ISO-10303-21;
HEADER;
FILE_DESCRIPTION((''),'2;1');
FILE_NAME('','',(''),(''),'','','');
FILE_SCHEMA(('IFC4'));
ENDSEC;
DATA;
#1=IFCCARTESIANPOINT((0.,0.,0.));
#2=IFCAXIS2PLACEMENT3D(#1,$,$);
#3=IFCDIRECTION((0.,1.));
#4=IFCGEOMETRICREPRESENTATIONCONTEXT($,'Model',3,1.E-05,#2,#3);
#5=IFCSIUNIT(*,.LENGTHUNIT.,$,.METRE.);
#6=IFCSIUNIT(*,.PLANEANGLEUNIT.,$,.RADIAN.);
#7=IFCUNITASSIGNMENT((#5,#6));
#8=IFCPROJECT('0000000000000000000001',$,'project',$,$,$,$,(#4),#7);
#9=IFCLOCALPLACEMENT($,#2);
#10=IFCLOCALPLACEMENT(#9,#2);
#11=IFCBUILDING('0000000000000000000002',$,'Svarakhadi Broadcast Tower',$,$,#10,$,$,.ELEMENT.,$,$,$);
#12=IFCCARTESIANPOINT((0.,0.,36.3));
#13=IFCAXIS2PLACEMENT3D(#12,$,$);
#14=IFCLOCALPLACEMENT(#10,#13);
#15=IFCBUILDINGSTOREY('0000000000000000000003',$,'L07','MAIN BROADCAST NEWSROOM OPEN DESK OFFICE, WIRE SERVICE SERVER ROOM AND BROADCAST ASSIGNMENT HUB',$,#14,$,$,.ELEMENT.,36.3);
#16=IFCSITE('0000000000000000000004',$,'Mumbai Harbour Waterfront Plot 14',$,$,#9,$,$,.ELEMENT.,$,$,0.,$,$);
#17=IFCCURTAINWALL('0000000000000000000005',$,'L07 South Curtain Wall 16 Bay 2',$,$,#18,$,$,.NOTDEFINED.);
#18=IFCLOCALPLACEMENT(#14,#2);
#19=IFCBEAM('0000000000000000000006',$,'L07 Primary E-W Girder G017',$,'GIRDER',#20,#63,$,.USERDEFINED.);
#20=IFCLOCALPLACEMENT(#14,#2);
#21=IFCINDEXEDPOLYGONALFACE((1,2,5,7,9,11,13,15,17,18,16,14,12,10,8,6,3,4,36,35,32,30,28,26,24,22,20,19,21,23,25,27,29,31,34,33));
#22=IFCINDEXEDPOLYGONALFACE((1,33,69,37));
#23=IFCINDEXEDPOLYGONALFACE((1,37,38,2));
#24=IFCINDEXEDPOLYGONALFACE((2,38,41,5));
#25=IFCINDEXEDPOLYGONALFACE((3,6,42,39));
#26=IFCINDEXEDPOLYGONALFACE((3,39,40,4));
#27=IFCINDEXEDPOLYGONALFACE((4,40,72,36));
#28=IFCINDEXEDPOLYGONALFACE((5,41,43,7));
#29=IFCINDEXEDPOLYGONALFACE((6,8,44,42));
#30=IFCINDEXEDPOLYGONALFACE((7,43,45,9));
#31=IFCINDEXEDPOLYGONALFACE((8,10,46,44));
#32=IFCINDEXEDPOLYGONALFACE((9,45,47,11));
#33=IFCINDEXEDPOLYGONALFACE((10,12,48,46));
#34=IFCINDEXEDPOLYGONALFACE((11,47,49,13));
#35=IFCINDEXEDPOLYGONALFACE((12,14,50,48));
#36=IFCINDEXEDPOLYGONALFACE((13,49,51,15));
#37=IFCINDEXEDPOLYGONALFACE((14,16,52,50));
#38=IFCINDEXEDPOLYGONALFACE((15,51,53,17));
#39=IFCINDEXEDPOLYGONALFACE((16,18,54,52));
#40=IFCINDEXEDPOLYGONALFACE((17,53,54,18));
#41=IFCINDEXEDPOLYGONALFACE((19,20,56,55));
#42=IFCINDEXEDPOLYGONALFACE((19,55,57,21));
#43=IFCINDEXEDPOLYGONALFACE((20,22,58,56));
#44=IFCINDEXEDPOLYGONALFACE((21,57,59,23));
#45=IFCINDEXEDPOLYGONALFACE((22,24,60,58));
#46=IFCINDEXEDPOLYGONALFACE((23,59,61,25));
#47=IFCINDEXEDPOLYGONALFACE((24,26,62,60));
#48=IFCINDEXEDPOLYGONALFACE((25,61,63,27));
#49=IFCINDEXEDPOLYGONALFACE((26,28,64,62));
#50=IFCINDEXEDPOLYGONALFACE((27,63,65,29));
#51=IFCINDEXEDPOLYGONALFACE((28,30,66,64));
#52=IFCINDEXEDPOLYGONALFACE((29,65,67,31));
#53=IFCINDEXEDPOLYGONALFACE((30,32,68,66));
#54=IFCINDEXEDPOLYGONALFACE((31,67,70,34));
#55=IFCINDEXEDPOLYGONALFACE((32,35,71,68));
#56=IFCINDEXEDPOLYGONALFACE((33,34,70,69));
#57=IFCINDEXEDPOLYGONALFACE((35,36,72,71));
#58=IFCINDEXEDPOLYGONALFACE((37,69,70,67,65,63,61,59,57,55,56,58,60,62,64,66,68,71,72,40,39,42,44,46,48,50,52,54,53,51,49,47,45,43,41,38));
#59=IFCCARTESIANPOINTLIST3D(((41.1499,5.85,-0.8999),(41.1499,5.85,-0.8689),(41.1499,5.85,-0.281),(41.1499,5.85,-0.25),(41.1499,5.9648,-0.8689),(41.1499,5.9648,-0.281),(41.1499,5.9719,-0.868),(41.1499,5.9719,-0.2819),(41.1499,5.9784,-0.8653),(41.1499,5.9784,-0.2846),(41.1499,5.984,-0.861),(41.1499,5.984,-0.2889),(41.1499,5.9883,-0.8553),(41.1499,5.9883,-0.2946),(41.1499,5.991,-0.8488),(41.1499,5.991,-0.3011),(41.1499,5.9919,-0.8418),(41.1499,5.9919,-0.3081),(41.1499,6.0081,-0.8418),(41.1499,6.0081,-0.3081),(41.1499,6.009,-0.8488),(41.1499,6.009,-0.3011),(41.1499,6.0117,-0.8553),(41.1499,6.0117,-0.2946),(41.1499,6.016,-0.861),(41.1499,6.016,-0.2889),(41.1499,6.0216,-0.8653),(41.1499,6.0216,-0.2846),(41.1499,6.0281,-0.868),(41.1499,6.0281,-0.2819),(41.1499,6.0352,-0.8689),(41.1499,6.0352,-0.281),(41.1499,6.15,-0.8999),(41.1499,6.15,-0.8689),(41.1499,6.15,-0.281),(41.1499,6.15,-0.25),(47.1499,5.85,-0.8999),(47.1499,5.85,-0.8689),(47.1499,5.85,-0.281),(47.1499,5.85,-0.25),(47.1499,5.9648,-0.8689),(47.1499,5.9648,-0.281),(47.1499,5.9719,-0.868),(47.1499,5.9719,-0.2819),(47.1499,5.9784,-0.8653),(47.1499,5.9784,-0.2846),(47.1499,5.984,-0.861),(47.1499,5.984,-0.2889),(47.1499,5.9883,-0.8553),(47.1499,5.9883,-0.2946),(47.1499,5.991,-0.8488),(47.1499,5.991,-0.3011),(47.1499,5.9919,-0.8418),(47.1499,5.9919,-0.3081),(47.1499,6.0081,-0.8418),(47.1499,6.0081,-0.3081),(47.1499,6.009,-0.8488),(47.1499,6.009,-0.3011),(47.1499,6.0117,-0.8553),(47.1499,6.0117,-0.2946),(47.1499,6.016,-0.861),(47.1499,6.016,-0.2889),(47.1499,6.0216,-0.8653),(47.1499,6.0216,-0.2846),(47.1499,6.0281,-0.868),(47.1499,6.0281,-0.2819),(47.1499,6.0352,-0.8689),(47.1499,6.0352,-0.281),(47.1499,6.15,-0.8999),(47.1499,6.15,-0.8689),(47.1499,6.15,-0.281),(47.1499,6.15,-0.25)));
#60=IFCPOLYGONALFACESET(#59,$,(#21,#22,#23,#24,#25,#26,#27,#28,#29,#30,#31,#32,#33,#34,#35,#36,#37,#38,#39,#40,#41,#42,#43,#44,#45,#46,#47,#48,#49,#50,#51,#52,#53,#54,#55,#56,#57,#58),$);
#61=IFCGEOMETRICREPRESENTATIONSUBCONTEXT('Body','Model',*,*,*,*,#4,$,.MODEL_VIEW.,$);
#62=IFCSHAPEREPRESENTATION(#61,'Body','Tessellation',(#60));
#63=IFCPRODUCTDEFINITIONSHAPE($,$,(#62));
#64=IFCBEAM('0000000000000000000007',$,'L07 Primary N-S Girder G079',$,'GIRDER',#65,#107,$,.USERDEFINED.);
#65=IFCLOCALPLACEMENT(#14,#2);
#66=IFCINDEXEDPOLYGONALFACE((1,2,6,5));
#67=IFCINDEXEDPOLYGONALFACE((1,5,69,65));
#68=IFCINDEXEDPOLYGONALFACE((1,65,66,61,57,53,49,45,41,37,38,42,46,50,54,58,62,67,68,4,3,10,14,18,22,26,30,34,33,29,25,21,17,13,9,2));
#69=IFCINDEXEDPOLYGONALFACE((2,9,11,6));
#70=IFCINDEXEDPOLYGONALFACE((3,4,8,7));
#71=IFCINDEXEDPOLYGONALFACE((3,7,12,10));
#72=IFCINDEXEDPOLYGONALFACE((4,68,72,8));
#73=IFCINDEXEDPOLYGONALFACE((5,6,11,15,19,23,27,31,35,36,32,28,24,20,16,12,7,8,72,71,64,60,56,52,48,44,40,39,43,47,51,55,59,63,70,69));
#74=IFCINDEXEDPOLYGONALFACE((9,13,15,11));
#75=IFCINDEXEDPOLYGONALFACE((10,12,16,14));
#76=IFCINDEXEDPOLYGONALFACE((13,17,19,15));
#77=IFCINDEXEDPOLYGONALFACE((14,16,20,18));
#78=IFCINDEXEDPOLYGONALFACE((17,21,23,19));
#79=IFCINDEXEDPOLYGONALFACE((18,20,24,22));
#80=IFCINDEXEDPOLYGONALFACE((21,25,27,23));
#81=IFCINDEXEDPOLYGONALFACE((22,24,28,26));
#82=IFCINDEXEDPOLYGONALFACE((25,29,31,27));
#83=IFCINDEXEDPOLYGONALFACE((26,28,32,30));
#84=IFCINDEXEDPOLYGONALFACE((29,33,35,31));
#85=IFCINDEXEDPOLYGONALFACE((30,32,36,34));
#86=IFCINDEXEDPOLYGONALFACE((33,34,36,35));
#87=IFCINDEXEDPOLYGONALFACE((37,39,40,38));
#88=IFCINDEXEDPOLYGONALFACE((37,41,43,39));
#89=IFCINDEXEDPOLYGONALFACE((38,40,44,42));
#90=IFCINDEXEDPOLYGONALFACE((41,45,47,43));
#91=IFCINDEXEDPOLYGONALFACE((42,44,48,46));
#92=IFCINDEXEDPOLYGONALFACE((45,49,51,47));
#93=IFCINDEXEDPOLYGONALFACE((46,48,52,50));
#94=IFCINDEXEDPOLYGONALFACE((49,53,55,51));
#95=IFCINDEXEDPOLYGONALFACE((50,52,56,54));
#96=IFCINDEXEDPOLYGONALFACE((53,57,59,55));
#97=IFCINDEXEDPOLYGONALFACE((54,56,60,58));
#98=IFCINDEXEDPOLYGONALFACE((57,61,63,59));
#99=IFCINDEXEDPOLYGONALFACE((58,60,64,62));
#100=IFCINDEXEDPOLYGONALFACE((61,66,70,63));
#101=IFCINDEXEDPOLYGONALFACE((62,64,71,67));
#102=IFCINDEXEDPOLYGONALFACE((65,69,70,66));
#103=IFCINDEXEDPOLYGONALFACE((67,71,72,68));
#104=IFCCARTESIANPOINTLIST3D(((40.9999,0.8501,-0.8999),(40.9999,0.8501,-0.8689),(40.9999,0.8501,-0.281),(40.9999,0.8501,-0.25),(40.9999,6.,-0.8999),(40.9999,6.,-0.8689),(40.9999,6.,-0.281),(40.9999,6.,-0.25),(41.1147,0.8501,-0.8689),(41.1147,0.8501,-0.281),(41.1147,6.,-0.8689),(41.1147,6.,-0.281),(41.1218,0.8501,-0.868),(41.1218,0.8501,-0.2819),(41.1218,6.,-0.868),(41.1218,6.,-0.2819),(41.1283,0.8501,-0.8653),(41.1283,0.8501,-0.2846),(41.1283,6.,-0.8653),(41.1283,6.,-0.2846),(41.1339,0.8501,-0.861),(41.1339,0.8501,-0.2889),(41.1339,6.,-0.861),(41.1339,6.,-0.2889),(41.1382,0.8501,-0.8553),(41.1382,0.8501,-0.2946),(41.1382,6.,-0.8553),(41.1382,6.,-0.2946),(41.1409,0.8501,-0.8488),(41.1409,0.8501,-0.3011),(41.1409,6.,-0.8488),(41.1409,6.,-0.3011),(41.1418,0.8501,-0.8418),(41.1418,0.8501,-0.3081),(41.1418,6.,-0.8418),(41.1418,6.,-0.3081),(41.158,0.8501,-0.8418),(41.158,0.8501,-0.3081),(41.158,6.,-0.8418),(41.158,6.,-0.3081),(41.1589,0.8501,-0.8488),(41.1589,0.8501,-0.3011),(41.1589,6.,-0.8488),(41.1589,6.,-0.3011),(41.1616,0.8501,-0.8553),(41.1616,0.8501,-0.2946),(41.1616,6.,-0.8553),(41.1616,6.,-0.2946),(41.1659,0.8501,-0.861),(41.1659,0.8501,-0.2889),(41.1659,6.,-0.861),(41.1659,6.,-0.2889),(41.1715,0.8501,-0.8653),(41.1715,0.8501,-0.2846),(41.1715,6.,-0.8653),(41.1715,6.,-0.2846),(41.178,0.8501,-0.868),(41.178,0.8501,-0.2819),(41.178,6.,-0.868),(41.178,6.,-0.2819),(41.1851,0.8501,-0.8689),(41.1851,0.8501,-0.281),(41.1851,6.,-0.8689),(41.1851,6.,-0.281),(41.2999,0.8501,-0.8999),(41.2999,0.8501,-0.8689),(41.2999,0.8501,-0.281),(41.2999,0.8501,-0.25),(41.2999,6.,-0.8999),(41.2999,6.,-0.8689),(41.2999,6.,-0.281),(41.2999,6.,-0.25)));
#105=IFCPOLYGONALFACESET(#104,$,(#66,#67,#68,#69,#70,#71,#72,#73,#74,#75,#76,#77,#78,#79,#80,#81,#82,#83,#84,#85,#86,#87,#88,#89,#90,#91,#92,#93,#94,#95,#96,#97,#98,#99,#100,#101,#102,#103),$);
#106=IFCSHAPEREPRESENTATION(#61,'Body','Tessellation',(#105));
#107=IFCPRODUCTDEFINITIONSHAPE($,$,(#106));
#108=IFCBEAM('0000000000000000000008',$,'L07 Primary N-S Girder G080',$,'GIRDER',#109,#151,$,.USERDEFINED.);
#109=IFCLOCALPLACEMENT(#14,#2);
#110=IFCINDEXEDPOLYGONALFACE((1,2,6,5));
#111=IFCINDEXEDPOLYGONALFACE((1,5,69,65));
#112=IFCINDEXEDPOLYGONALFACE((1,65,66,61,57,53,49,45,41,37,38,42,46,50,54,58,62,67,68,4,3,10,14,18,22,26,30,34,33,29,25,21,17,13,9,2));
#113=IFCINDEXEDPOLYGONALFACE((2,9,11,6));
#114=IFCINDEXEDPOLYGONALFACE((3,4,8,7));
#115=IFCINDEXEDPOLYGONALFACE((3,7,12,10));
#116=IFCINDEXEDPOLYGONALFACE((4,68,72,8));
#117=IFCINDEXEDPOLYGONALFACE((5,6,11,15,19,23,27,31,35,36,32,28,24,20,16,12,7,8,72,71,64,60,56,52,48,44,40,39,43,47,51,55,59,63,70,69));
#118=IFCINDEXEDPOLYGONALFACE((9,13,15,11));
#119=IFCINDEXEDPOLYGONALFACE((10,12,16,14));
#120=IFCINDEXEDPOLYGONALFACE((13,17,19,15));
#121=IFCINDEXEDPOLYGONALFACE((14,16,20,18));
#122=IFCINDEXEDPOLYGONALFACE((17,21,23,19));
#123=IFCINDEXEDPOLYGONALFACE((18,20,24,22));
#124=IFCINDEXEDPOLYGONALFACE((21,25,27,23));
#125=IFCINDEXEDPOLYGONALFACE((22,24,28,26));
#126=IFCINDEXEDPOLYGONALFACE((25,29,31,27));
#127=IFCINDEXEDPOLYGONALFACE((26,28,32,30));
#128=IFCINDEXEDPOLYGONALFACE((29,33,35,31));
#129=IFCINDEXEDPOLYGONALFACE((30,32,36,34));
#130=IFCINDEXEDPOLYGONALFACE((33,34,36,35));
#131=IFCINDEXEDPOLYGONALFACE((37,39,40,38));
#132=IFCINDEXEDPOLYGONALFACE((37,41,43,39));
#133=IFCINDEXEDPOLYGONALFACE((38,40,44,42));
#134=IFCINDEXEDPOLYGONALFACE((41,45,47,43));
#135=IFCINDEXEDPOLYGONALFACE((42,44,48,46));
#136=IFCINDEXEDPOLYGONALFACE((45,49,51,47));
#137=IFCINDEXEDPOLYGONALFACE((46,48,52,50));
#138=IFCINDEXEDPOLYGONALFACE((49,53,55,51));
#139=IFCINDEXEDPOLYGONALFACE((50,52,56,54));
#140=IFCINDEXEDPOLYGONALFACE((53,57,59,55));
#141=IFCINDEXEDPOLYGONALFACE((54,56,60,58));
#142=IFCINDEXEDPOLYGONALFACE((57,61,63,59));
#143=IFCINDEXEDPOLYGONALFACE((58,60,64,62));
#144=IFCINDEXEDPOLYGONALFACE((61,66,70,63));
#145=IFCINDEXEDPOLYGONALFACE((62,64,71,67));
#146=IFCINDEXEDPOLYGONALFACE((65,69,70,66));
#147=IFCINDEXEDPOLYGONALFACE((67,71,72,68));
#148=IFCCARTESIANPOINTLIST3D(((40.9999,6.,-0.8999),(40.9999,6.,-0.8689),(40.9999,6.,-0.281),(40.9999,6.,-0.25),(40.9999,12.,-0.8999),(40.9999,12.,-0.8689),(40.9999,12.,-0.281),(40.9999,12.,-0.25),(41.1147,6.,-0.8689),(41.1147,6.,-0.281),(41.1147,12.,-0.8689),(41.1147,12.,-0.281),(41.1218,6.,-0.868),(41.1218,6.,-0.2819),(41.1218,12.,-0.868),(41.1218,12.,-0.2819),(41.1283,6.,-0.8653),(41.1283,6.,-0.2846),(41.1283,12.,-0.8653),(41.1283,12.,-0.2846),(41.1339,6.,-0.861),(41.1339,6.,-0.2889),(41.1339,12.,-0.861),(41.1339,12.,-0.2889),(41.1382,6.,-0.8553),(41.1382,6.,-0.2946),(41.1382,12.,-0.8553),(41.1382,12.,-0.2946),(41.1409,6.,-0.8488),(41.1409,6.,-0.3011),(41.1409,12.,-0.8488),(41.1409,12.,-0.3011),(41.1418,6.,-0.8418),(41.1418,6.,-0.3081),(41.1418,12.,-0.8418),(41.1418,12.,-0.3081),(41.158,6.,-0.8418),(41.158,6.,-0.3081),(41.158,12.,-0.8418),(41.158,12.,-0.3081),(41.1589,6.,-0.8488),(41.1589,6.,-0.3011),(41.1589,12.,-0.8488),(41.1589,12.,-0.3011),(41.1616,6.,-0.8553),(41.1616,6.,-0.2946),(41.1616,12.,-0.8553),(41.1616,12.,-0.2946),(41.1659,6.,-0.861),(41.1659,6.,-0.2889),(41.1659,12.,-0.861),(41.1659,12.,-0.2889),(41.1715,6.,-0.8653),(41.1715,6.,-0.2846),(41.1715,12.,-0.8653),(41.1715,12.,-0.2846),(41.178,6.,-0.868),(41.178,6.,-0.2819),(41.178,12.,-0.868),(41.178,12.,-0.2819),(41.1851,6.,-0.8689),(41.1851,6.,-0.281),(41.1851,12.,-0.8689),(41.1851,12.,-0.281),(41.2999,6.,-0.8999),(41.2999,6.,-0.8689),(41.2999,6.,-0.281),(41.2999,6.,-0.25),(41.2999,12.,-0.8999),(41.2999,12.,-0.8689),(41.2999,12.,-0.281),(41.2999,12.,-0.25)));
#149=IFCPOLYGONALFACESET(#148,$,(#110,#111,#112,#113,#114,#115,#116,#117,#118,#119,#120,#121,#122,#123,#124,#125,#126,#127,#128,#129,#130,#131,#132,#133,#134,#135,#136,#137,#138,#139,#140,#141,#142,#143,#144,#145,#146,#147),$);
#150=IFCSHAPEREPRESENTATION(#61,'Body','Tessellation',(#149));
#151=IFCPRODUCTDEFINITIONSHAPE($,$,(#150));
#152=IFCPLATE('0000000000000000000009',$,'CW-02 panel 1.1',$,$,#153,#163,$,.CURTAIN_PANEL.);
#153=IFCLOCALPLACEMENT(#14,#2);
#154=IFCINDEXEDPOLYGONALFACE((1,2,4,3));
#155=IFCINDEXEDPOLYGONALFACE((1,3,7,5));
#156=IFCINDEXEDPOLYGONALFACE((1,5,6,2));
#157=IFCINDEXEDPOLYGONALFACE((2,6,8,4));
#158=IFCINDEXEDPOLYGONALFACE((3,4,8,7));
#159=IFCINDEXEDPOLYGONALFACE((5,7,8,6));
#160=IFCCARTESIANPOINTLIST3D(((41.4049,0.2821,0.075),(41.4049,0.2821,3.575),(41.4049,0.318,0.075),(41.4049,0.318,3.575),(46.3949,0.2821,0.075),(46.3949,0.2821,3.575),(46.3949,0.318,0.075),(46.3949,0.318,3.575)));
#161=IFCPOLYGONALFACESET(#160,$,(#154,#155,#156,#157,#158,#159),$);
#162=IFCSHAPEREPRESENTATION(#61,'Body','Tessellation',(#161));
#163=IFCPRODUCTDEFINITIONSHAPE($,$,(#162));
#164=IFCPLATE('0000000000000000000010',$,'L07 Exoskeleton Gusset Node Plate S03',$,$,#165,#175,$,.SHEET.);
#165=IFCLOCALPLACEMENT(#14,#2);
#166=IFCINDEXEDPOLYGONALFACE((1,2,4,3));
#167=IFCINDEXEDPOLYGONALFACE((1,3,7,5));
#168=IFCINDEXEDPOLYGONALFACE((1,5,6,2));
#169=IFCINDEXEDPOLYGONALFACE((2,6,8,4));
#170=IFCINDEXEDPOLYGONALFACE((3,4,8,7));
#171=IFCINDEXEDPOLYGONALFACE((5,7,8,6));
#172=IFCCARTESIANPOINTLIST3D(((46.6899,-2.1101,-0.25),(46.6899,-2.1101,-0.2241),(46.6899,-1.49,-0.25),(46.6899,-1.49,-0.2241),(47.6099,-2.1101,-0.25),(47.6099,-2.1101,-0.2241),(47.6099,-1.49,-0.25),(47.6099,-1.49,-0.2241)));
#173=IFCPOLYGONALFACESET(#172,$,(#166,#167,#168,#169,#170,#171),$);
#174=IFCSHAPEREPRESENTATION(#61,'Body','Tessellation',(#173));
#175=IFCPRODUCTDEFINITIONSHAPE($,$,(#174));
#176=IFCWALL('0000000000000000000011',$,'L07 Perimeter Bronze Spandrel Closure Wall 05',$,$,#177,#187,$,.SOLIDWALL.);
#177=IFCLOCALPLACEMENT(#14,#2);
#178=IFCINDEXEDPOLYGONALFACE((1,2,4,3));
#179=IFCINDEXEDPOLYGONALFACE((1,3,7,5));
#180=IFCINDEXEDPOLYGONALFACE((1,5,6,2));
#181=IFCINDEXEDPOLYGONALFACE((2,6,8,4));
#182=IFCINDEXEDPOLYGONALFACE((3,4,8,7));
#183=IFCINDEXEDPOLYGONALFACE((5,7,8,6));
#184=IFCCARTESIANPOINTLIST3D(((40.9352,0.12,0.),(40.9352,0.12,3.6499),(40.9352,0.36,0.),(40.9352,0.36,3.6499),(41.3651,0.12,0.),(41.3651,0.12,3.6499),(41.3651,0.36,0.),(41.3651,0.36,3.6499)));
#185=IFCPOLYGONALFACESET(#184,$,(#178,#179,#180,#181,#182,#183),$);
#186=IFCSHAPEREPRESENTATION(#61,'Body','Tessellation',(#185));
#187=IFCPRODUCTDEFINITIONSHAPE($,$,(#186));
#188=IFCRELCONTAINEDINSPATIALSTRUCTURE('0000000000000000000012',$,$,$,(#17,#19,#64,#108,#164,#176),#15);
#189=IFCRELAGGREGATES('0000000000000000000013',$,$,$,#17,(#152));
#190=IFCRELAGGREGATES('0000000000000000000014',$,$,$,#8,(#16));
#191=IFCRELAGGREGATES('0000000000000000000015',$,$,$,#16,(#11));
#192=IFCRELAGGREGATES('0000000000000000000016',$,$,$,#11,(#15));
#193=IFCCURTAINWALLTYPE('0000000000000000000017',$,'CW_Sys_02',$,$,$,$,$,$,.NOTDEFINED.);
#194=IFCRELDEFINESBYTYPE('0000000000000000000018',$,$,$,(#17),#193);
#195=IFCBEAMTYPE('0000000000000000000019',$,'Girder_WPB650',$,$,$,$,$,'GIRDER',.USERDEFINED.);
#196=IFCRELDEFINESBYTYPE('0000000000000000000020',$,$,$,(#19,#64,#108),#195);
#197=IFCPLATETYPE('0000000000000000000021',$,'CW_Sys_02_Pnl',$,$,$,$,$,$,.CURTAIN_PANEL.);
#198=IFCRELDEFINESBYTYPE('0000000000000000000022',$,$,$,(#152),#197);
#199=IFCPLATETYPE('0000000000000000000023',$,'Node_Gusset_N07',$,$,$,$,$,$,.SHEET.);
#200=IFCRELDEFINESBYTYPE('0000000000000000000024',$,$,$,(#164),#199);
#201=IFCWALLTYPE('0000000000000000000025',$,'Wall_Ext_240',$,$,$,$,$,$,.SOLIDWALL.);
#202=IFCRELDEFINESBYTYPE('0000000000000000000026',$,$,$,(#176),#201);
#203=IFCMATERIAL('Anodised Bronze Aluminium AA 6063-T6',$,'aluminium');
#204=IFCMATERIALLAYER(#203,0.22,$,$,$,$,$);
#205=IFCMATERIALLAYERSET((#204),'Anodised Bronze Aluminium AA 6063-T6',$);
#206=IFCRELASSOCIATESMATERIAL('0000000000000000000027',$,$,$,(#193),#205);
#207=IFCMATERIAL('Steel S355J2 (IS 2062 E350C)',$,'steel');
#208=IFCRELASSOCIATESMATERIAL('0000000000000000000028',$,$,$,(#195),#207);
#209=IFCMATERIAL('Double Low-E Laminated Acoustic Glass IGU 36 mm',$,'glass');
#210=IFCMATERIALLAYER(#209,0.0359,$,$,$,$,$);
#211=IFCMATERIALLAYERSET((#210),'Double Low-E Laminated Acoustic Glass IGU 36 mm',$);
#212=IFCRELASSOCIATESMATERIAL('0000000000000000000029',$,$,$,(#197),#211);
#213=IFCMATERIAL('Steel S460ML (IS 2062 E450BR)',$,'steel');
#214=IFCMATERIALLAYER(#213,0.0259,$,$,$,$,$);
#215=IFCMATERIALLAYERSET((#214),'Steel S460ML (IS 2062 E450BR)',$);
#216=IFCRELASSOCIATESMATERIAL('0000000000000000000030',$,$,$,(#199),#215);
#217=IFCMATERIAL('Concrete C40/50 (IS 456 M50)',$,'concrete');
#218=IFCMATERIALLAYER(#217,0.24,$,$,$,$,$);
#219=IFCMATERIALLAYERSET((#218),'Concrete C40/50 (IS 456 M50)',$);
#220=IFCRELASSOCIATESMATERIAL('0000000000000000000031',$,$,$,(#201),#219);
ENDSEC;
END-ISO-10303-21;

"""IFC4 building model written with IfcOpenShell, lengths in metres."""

from ifc_helpers import new_model, si_unit, direction, frame, frame_2d, origin, origin_2d, place, context, subcontext, project, spatial, rectangle, i_section, extrude, material, layer, layer_set, material_profile, profile_set, type_object, element, aggregate, save


model = new_model("IFC4")

# Units and contexts
model_context = context("Model", 3, precision=1e-05, world=origin(), true_north=direction((0.0, 1.0)))
body_context = subcontext(model_context, "Body", "Model", "MODEL_VIEW")
ifc_project = project(units=[si_unit("LENGTHUNIT", "METRE"), si_unit("PLANEANGLEUNIT", "RADIAN")], contexts=[model_context])

# Site, building, storey
site_placement = place(None, origin())
site = spatial("IfcSite", under=ifc_project, at=site_placement, Name="Mumbai Harbour Waterfront Plot 14", CompositionType="ELEMENT", RefElevation=0.0)
building_placement = place(site_placement, origin())
building = spatial("IfcBuilding", under=site, at=building_placement, Name="Svarakhadi Broadcast Tower", CompositionType="ELEMENT")
storey_placement = place(building_placement, frame((0.0, 0.0, 36.3)))
storey = spatial("IfcBuildingStorey", under=building, at=storey_placement, Name="L07", Description="MAIN BROADCAST NEWSROOM OPEN DESK OFFICE, WIRE SERVICE SERVER ROOM AND BROADCAST ASSIGNMENT HUB", CompositionType="ELEMENT", Elevation=36.3)

# Shared definitions
ifc_material_1 = material(Name="Steel S460ML (IS 2062 E450BR)", Category="steel")

# Shared definitions
ifc_material_2 = material(Name="Steel S355J2 (IS 2062 E350C)", Category="steel")

# Curtain wall
ifc_material_3 = material(Name="Anodised Bronze Aluminium AA 6063-T6", Category="aluminium")
ifc_layer_1 = layer(ifc_material_3, 0.22)
ifc_layer_set_1 = layer_set([ifc_layer_1], Name="Anodised Bronze Aluminium AA 6063-T6")
curtain_wall_type = type_object("IfcCurtainWallType", Name="CW_Sys_02", PredefinedType="NOTDEFINED", material=ifc_layer_set_1)
curtain_wall_placement = place(storey_placement, origin())
curtain_wall = element("IfcCurtainWall", 1, at=curtain_wall_placement, inside=storey, type_object=curtain_wall_type, Name="L07 South Curtain Wall 16 Bay 2", PredefinedType="NOTDEFINED")

# Beams
ifc_material_profile_1 = material_profile(ifc_material_2, i_section(OverallWidth=0.3, OverallDepth=0.6499, WebThickness=0.0161, FlangeThickness=0.031, FilletRadius=0.0271, at=origin_2d()), Name="WPB 650x300x225")
ifc_profile_set_1 = profile_set([ifc_material_profile_1], Name="Steel S355J2 (IS 2062 E350C)")
beam_type_1 = type_object("IfcBeamType", Name="Girder_WPB650", ElementType="GIRDER", PredefinedType="USERDEFINED", material=ifc_profile_set_1)
for number, where, z_axis, x_axis, name in (
    (2, (41.1499, 6.0, -0.575), (1.0, 0.0, 0.0), (0.0, 1.0, 0.0), "L07 Primary E-W Girder G017"),
):
    element("IfcBeam", number, at=place(storey_placement, frame(where, z_axis=z_axis, x_axis=x_axis)), inside=storey, type_object=beam_type_1, Name=name, ObjectType="GIRDER", PredefinedType="USERDEFINED", context=body_context, shape_type="SweptSolid", body=[
        extrude(i_section(OverallWidth=0.3, OverallDepth=0.6499, WebThickness=0.0161, FlangeThickness=0.031, FilletRadius=0.0271, at=origin_2d()), origin(), (0.0, 0.0, 1.0), 6.0),
    ])
beam_1_placement = place(storey_placement, frame((41.1499, 0.8501, -0.575), z_axis=(0.0, 1.0, 0.0), x_axis=(-1.0, 0.0, 0.0)))
element("IfcBeam", 3, at=beam_1_placement, inside=storey, type_object=beam_type_1, Name="L07 Primary N-S Girder G079", ObjectType="GIRDER", PredefinedType="USERDEFINED", context=body_context, shape_type="SweptSolid", body=[
    extrude(i_section(OverallWidth=0.3, OverallDepth=0.6499, WebThickness=0.0161, FlangeThickness=0.031, FilletRadius=0.0271, at=origin_2d()), origin(), (0.0, 0.0, 1.0), 5.1499),
])
beam_2_placement = place(storey_placement, frame((41.1499, 6.0, -0.575), z_axis=(0.0, 1.0, 0.0), x_axis=(-1.0, 0.0, 0.0)))
element("IfcBeam", 4, at=beam_2_placement, inside=storey, type_object=beam_type_1, Name="L07 Primary N-S Girder G080", ObjectType="GIRDER", PredefinedType="USERDEFINED", context=body_context, shape_type="SweptSolid", body=[
    extrude(i_section(OverallWidth=0.3, OverallDepth=0.6499, WebThickness=0.0161, FlangeThickness=0.031, FilletRadius=0.0271, at=origin_2d()), origin(), (0.0, 0.0, 1.0), 6.0),
])

# Plates
ifc_material_4 = material(Name="Double Low-E Laminated Acoustic Glass IGU 36 mm", Category="glass")
ifc_layer_2 = layer(ifc_material_4, 0.0359)
ifc_layer_set_2 = layer_set([ifc_layer_2], Name="Double Low-E Laminated Acoustic Glass IGU 36 mm")
plate_type_1 = type_object("IfcPlateType", Name="CW_Sys_02_Pnl", PredefinedType="CURTAIN_PANEL", material=ifc_layer_set_2)
plate_1_placement = place(storey_placement, frame((43.8999, 0.3, 0.075), z_axis=(0.0, 0.0, 1.0), x_axis=(-1.0, 0.0, 0.0)))
plate_1 = element("IfcPlate", 5, at=plate_1_placement, type_object=plate_type_1, Name="CW-02 panel 1.1", PredefinedType="CURTAIN_PANEL", context=body_context, shape_type="SweptSolid", body=[
    extrude(rectangle(XDim=4.99, YDim=0.0359, at=origin_2d()), origin(), (0.0, 0.0, 1.0), 3.5),
])
aggregate(curtain_wall, [plate_1])
ifc_layer_3 = layer(ifc_material_1, 0.0259)
ifc_layer_set_3 = layer_set([ifc_layer_3], Name="Steel S460ML (IS 2062 E450BR)")
plate_type_2 = type_object("IfcPlateType", Name="Node_Gusset_N07", PredefinedType="SHEET", material=ifc_layer_set_3)
plate_2_placement = place(storey_placement, frame((47.1499, -1.8, -0.25), z_axis=(0.0, 0.0, 1.0), x_axis=(1.0, 0.0, 0.0)))
element("IfcPlate", 6, at=plate_2_placement, inside=storey, type_object=plate_type_2, Name="L07 Exoskeleton Gusset Node Plate S03", PredefinedType="SHEET", context=body_context, shape_type="SweptSolid", body=[
    extrude(rectangle(XDim=0.9199, YDim=0.6201, at=origin_2d()), origin(), (0.0, 0.0, 1.0), 0.0259),
])

# Wall
ifc_material_5 = material(Name="Concrete C40/50 (IS 456 M50)", Category="concrete")
ifc_layer_4 = layer(ifc_material_5, 0.24)
ifc_layer_set_4 = layer_set([ifc_layer_4], Name="Concrete C40/50 (IS 456 M50)")
wall_type_1 = type_object("IfcWallType", Name="Wall_Ext_240", PredefinedType="SOLIDWALL", material=ifc_layer_set_4)
wall_1_placement = place(storey_placement, frame((41.365, 0.24, 0.0), z_axis=(0.0, 0.0, 1.0), x_axis=(-1.0, 0.0, 0.0)))
element("IfcWall", 7, at=wall_1_placement, inside=storey, type_object=wall_type_1, Name="L07 Perimeter Bronze Spandrel Closure Wall 05", PredefinedType="SOLIDWALL", context=body_context, shape_type="SweptSolid", body=[
    extrude(rectangle(XDim=0.4299, YDim=0.24, at=frame_2d((0.2148, 0.0))), origin(), (0.0, 0.0, 1.0), 3.6499),
])

save(model, "model.ifc")
